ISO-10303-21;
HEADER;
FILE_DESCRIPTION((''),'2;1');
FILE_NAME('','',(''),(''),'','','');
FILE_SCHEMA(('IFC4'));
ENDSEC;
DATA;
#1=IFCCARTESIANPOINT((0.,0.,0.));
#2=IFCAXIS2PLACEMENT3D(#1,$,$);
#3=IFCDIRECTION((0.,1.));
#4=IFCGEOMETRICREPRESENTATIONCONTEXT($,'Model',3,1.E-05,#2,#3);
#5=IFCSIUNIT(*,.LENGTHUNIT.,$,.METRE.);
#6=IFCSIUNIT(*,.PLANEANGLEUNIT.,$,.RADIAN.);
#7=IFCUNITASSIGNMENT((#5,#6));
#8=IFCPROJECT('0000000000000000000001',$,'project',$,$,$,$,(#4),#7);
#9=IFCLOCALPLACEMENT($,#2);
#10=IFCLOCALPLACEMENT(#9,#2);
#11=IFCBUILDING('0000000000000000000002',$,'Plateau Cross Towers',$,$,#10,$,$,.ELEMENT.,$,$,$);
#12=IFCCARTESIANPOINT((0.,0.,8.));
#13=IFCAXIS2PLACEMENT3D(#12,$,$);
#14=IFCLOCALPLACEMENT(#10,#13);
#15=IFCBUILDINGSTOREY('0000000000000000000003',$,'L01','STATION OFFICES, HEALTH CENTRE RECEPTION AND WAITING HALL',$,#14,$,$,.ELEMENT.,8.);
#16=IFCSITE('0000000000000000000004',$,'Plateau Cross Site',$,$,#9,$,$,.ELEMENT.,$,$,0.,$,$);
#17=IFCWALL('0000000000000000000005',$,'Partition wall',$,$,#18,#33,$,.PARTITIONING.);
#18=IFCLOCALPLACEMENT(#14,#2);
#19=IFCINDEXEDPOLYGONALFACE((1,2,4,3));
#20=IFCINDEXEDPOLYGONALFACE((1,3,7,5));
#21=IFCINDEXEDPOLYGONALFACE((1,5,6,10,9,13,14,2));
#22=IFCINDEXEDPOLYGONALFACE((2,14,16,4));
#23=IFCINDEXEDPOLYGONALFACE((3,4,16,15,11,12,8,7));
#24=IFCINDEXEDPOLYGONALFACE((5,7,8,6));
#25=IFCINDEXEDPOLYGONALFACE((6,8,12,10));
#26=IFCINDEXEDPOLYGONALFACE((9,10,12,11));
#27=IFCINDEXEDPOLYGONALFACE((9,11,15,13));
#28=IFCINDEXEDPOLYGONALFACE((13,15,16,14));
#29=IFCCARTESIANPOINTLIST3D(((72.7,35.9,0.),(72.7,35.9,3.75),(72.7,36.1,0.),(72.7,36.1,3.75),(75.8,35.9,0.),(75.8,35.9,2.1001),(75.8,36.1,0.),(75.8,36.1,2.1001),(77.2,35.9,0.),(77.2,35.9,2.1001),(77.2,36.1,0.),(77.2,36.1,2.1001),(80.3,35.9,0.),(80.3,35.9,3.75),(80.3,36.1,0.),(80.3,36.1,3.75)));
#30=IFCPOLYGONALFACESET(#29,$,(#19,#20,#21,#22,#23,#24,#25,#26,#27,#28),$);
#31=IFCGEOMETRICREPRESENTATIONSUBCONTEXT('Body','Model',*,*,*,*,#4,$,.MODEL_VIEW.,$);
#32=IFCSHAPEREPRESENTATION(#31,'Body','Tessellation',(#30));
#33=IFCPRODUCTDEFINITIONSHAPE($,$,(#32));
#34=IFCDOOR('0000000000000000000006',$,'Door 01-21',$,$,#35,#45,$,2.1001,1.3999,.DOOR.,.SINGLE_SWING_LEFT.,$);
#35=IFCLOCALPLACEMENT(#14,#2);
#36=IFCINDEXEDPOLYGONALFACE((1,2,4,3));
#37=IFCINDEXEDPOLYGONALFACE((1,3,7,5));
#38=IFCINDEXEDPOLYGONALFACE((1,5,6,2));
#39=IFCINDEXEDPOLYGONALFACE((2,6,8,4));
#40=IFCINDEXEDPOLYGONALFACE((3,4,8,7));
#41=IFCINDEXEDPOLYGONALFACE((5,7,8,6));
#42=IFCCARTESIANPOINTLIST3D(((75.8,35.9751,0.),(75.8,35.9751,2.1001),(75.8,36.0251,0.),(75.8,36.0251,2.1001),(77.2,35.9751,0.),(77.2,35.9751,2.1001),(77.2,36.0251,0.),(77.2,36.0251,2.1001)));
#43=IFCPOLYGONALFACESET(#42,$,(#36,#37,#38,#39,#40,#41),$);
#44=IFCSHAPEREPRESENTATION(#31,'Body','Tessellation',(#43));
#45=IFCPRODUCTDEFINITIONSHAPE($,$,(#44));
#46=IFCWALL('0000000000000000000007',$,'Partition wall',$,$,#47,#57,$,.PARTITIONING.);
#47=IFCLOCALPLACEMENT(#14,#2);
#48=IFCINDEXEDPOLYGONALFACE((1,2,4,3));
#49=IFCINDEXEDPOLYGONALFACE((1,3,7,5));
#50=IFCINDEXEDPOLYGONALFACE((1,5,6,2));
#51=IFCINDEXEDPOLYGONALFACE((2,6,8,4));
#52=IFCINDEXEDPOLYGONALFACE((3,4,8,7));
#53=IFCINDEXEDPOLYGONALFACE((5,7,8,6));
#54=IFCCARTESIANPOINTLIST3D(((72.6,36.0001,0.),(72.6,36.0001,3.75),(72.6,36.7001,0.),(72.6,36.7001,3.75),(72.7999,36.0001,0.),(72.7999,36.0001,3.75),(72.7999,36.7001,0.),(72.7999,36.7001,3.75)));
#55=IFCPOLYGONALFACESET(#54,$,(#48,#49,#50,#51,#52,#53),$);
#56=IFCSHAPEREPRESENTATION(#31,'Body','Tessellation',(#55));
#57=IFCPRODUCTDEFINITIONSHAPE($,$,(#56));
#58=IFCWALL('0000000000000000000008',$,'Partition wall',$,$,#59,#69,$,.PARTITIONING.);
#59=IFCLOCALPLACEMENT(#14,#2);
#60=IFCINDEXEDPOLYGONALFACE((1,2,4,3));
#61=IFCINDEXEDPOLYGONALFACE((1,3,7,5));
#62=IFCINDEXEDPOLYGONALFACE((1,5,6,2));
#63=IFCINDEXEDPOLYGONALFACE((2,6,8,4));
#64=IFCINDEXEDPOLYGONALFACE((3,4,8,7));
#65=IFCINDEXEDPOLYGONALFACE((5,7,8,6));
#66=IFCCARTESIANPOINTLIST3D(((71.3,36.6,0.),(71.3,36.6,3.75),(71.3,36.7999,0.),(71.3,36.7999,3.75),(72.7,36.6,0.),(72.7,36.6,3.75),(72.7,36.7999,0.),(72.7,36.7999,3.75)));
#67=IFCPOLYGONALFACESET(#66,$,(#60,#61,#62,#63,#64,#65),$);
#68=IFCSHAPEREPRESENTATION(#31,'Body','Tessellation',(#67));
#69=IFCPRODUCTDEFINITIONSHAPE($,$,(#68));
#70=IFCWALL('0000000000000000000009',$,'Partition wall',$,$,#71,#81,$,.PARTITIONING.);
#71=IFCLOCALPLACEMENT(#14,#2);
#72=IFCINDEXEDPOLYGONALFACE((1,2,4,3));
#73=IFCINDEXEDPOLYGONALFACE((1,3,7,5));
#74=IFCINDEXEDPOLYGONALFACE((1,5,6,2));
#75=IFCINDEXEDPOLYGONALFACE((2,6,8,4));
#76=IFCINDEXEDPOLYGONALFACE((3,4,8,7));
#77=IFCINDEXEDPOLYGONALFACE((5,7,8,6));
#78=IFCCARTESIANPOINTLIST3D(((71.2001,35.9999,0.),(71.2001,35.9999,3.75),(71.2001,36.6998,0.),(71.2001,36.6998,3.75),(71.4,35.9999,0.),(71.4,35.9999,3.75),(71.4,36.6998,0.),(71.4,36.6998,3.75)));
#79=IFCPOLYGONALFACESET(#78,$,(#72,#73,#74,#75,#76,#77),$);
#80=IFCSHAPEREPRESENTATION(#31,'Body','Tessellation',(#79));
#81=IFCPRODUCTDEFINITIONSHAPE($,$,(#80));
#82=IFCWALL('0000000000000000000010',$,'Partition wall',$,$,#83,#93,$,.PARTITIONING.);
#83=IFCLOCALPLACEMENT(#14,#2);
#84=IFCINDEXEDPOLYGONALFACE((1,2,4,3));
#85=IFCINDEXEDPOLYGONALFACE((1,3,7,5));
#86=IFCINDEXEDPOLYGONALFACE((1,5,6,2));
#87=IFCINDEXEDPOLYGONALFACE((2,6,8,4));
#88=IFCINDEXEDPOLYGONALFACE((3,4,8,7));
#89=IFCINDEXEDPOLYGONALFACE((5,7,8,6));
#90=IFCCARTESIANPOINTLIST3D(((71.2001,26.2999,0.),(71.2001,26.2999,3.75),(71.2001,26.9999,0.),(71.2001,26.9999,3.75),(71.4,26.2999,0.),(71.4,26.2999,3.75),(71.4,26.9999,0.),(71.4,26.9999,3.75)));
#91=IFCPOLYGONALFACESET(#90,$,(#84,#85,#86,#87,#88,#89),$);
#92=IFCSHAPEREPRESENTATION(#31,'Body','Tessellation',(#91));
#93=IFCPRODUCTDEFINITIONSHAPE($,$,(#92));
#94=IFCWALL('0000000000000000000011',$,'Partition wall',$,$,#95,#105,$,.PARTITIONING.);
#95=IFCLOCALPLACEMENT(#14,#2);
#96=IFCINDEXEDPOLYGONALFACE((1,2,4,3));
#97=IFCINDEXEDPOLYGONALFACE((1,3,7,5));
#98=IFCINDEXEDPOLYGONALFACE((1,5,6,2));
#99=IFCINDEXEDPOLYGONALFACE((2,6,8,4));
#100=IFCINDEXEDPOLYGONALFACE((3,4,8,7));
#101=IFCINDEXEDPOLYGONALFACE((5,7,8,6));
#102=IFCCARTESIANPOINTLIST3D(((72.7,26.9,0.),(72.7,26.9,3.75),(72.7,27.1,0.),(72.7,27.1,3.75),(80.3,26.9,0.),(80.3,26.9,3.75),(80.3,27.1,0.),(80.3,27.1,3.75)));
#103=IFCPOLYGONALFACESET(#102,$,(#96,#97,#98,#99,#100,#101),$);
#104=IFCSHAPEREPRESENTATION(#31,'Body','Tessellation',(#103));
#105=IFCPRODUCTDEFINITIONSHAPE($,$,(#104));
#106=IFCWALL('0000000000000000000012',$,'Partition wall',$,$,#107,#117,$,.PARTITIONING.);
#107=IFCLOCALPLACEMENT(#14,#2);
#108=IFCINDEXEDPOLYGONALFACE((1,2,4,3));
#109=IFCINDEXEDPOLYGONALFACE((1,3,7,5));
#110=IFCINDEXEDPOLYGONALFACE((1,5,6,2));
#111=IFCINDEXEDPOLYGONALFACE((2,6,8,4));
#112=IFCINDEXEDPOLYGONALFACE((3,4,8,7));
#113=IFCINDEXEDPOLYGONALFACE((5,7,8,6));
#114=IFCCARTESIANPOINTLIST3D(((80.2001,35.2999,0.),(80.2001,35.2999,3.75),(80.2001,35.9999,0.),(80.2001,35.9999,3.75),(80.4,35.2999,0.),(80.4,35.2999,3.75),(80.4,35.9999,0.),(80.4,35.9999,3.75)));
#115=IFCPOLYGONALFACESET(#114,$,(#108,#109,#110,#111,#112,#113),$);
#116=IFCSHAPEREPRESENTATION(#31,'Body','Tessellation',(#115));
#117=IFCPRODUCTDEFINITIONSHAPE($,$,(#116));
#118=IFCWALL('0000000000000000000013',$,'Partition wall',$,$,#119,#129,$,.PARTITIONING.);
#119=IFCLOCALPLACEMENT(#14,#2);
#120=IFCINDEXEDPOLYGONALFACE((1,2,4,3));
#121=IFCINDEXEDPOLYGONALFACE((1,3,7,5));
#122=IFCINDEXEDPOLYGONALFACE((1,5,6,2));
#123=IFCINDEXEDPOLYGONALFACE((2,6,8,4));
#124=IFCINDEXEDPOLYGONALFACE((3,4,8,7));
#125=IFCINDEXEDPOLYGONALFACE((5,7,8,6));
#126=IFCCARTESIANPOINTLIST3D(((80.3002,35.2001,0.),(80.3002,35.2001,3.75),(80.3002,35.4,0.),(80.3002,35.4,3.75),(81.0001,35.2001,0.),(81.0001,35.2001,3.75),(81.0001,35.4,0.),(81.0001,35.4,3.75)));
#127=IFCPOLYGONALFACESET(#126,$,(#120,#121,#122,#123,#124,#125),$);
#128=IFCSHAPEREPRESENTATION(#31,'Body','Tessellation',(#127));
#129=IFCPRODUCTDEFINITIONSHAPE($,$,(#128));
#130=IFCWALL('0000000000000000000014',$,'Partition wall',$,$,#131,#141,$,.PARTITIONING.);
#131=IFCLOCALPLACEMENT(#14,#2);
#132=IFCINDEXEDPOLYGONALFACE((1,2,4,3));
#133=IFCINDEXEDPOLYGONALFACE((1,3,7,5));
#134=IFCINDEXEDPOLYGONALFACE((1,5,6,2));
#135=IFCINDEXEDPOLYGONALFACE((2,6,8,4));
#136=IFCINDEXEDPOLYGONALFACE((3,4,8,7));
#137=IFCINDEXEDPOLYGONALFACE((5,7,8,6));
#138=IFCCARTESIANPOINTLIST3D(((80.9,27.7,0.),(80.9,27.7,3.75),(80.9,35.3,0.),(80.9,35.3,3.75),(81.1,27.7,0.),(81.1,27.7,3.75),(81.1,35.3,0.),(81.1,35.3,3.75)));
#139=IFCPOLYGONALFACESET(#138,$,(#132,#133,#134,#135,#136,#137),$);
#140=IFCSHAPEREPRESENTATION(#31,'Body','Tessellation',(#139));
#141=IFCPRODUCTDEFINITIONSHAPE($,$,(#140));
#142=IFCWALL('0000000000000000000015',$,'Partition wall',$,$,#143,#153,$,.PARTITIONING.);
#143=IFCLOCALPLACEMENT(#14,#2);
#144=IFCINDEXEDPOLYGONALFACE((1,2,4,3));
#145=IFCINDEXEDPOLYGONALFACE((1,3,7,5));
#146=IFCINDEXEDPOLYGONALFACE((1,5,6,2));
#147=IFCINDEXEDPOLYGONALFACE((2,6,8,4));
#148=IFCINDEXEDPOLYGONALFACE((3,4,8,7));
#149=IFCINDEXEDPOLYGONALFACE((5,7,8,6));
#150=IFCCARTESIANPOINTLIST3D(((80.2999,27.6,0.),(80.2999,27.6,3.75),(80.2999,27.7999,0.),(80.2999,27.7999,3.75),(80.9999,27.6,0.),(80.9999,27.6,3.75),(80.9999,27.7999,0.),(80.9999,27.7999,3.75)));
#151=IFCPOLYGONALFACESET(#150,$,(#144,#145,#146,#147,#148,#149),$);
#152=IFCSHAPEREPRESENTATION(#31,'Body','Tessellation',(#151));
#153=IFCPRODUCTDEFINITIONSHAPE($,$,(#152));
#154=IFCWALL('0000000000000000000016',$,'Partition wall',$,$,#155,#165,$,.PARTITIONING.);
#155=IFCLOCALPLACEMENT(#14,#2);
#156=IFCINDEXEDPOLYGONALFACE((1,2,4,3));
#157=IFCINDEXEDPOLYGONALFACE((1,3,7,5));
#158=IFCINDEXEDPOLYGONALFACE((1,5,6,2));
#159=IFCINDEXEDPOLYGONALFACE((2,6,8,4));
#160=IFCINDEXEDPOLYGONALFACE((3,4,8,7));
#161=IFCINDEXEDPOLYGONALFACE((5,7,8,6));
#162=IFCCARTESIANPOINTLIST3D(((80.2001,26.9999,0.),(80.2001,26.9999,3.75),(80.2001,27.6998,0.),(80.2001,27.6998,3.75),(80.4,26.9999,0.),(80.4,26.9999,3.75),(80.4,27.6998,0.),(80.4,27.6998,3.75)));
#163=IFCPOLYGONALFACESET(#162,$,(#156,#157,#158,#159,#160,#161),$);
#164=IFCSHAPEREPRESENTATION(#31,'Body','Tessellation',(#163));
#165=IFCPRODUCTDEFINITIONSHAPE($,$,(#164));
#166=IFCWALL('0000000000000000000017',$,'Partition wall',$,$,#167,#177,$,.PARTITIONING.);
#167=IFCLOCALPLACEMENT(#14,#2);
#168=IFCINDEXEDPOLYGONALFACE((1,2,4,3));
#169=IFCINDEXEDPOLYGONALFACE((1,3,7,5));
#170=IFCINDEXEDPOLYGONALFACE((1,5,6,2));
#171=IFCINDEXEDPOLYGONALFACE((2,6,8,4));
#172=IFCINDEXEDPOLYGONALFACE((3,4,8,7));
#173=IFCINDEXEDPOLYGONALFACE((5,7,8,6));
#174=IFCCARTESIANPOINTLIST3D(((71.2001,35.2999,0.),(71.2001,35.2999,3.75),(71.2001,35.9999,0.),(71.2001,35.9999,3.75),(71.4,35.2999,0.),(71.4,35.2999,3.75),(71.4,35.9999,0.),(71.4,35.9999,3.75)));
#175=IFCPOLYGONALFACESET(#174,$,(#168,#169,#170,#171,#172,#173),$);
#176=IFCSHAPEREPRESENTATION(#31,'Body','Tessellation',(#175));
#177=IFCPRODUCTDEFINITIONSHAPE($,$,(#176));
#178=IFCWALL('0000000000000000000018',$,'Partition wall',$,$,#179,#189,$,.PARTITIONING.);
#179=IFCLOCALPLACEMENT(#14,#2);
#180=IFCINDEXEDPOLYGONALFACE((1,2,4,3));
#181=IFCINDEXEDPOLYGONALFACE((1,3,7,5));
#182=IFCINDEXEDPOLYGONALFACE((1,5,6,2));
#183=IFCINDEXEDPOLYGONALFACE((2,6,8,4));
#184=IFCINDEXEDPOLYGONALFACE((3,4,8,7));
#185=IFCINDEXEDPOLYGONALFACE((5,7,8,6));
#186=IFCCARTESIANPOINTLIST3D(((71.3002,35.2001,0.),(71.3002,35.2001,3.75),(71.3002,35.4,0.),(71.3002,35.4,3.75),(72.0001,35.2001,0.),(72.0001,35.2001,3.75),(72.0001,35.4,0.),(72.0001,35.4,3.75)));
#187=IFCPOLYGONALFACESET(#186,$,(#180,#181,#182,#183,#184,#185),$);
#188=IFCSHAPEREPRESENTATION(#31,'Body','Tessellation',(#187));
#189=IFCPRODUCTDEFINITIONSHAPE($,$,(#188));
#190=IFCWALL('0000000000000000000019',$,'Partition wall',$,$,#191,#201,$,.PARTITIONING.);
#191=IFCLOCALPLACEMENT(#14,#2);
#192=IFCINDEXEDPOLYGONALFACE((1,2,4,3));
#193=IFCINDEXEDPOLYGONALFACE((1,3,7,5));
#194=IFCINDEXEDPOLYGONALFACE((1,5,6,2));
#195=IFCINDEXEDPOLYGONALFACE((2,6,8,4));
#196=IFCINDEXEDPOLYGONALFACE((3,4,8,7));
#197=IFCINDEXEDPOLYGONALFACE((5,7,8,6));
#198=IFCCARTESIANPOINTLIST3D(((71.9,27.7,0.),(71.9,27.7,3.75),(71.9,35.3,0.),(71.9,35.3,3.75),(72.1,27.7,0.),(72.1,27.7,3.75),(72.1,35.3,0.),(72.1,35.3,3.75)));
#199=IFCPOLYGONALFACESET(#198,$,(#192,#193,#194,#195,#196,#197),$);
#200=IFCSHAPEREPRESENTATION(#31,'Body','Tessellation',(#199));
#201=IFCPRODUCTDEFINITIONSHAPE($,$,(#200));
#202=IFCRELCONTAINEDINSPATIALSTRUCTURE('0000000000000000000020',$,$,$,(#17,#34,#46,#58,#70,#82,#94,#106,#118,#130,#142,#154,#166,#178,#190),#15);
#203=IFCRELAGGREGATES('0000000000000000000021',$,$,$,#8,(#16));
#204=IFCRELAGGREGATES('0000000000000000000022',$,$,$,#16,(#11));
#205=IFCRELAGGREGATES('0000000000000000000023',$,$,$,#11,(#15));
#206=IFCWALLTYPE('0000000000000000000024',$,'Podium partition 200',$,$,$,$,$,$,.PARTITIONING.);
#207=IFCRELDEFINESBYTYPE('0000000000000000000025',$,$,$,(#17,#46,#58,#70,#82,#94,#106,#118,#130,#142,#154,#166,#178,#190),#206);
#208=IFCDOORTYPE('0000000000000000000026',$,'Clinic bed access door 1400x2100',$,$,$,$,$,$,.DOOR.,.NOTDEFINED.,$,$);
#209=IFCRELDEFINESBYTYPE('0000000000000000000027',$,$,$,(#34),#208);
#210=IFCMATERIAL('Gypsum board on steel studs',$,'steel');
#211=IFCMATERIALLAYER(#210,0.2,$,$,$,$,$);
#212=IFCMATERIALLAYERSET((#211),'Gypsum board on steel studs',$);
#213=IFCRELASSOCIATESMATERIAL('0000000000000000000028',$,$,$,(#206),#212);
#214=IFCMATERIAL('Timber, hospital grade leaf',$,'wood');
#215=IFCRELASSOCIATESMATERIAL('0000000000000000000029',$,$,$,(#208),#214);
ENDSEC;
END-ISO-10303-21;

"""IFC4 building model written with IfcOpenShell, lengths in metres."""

from ifc_helpers import new_model, si_unit, direction, frame, frame_2d, origin, place, context, subcontext, project, spatial, rectangle, extrude, material, layer, layer_set, type_object, element, fill, save


model = new_model("IFC4")

# Units and contexts
model_context = context("Model", 3, precision=1e-05, world=origin(), true_north=direction((0.0, 1.0)))
body_context = subcontext(model_context, "Body", "Model", "MODEL_VIEW")
ifc_project = project(units=[si_unit("LENGTHUNIT", "METRE"), si_unit("PLANEANGLEUNIT", "RADIAN")], contexts=[model_context])

# Site, building, storey
site_placement = place(None, origin())
site = spatial("IfcSite", under=ifc_project, at=site_placement, Name="Plateau Cross Site", CompositionType="ELEMENT", RefElevation=0.0)
building_placement = place(site_placement, origin())
building = spatial("IfcBuilding", under=site, at=building_placement, Name="Plateau Cross Towers", CompositionType="ELEMENT")
storey_placement = place(building_placement, frame((0.0, 0.0, 8.0)))
storey = spatial("IfcBuildingStorey", under=building, at=storey_placement, Name="L01", Description="STATION OFFICES, HEALTH CENTRE RECEPTION AND WAITING HALL", CompositionType="ELEMENT", Elevation=8.0)

# Shared definitions
ifc_material_1 = material(Name="Gypsum board on steel studs", Category="steel")
ifc_layer_1 = layer(ifc_material_1, 0.2)
ifc_layer_set_1 = layer_set([ifc_layer_1], Name="Gypsum board on steel studs")
wall_type_1 = type_object("IfcWallType", Name="Podium partition 200", PredefinedType="PARTITIONING", material=ifc_layer_set_1)

# Wall, opening, door
wall_1_placement = place(storey_placement, frame((80.3, 36.0, 0.0), z_axis=(0.0, 0.0, 1.0), x_axis=(-1.0, 0.0, 0.0)))
wall_1 = element("IfcWall", 1, at=wall_1_placement, inside=storey, type_object=wall_type_1, Name="Partition wall", PredefinedType="PARTITIONING", context=body_context, shape_type="SweptSolid", body=[
    extrude(rectangle(XDim=7.6001, YDim=0.2, at=frame_2d((3.8, 0.0))), origin(), (0.0, 0.0, 1.0), 3.75),
])
opening_1_placement = place(wall_1_placement, frame((3.1001, 0.0, 0.0)))
opening_1 = element("IfcOpeningElement", 2, at=opening_1_placement, cuts=wall_1, PredefinedType="OPENING", context=body_context, shape_type="SweptSolid", body=[
    extrude(rectangle(XDim=1.3999, YDim=2.1001, at=frame_2d((0.7, 1.05))), frame((0.0, 0.1099, 0.0), z_axis=(0.0, -1.0, 0.0), x_axis=(1.0, 0.0, 0.0)), (0.0, 0.0, 1.0), 0.22),
])
ifc_material_2 = material(Name="Timber, hospital grade leaf", Category="wood")
door_type_1 = type_object("IfcDoorType", Name="Clinic bed access door 1400x2100", OperationType="NOTDEFINED", PredefinedType="DOOR", material=ifc_material_2)
door_1_placement = place(opening_1_placement, origin())
door_1 = element("IfcDoor", 3, at=door_1_placement, inside=storey, type_object=door_type_1, Name="Door 01-21", OperationType="SINGLE_SWING_LEFT", OverallHeight=2.1001, OverallWidth=1.3999, PredefinedType="DOOR", context=body_context, shape_type="SweptSolid", body=[
    extrude(rectangle(XDim=1.3999, YDim=2.1001, at=frame_2d((0.7, 1.05))), frame((0.0, 0.0249, 0.0), z_axis=(0.0, -1.0, 0.0), x_axis=(1.0, 0.0, 0.0)), (0.0, 0.0, 1.0), 0.05),
])
fill(opening_1, door_1)

# Walls
wall_2_placement = place(storey_placement, frame((72.7, 36.0, 0.0), z_axis=(0.0, 0.0, 1.0), x_axis=(0.0, 1.0, 0.0)))
element("IfcWall", 4, at=wall_2_placement, inside=storey, type_object=wall_type_1, Name="Partition wall", PredefinedType="PARTITIONING", context=body_context, shape_type="SweptSolid", body=[
    extrude(rectangle(XDim=0.7, YDim=0.2, at=frame_2d((0.3501, 0.0))), origin(), (0.0, 0.0, 1.0), 3.75),
])
wall_3_placement = place(storey_placement, frame((72.7, 36.7, 0.0), z_axis=(0.0, 0.0, 1.0), x_axis=(-1.0, 0.0, 0.0)))
element("IfcWall", 5, at=wall_3_placement, inside=storey, type_object=wall_type_1, Name="Partition wall", PredefinedType="PARTITIONING", context=body_context, shape_type="SweptSolid", body=[
    extrude(rectangle(XDim=1.3999, YDim=0.2, at=frame_2d((0.7, 0.0))), origin(), (0.0, 0.0, 1.0), 3.75),
])
for number, where, z_axis, x_axis, name in (
    (6, (71.3, 36.7, 0.0), (0.0, 0.0, 1.0), (0.0, -1.0, 0.0), "Partition wall"),
    (7, (71.3, 27.0, 0.0), (0.0, 0.0, 1.0), (0.0, -1.0, 0.0), "Partition wall"),
):
    element("IfcWall", number, at=place(storey_placement, frame(where, z_axis=z_axis, x_axis=x_axis)), inside=storey, type_object=wall_type_1, Name=name, PredefinedType="PARTITIONING", context=body_context, shape_type="SweptSolid", body=[
        extrude(rectangle(XDim=0.7, YDim=0.2, at=frame_2d((0.3501, 0.0))), origin(), (0.0, 0.0, 1.0), 3.75),
    ])
wall_4_placement = place(storey_placement, frame((72.7, 27.0, 0.0), z_axis=(0.0, 0.0, 1.0), x_axis=(1.0, 0.0, 0.0)))
element("IfcWall", 8, at=wall_4_placement, inside=storey, type_object=wall_type_1, Name="Partition wall", PredefinedType="PARTITIONING", context=body_context, shape_type="SweptSolid", body=[
    extrude(rectangle(XDim=7.6001, YDim=0.2, at=frame_2d((3.8, 0.0))), origin(), (0.0, 0.0, 1.0), 3.75),
])
for number, where, z_axis, x_axis, name in (
    (9, (80.3, 36.0, 0.0), (0.0, 0.0, 1.0), (0.0, -1.0, 0.0), "Partition wall"),
    (10, (80.3, 35.3, 0.0), (0.0, 0.0, 1.0), (1.0, 0.0, 0.0), "Partition wall"),
):
    element("IfcWall", number, at=place(storey_placement, frame(where, z_axis=z_axis, x_axis=x_axis)), inside=storey, type_object=wall_type_1, Name=name, PredefinedType="PARTITIONING", context=body_context, shape_type="SweptSolid", body=[
        extrude(rectangle(XDim=0.7, YDim=0.2, at=frame_2d((0.3501, 0.0))), origin(), (0.0, 0.0, 1.0), 3.75),
    ])
wall_5_placement = place(storey_placement, frame((81.0, 35.3, 0.0), z_axis=(0.0, 0.0, 1.0), x_axis=(0.0, -1.0, 0.0)))
element("IfcWall", 11, at=wall_5_placement, inside=storey, type_object=wall_type_1, Name="Partition wall", PredefinedType="PARTITIONING", context=body_context, shape_type="SweptSolid", body=[
    extrude(rectangle(XDim=7.6001, YDim=0.2, at=frame_2d((3.8, 0.0))), origin(), (0.0, 0.0, 1.0), 3.75),
])
for number, where, z_axis, x_axis, name in (
    (12, (81.0, 27.7, 0.0), (0.0, 0.0, 1.0), (-1.0, 0.0, 0.0), "Partition wall"),
    (13, (80.3, 27.7, 0.0), (0.0, 0.0, 1.0), (0.0, -1.0, 0.0), "Partition wall"),
    (14, (71.3, 36.0, 0.0), (0.0, 0.0, 1.0), (0.0, -1.0, 0.0), "Partition wall"),
    (15, (71.3, 35.3, 0.0), (0.0, 0.0, 1.0), (1.0, 0.0, 0.0), "Partition wall"),
):
    element("IfcWall", number, at=place(storey_placement, frame(where, z_axis=z_axis, x_axis=x_axis)), inside=storey, type_object=wall_type_1, Name=name, PredefinedType="PARTITIONING", context=body_context, shape_type="SweptSolid", body=[
        extrude(rectangle(XDim=0.7, YDim=0.2, at=frame_2d((0.3501, 0.0))), origin(), (0.0, 0.0, 1.0), 3.75),
    ])
wall_6_placement = place(storey_placement, frame((72.0, 35.3, 0.0), z_axis=(0.0, 0.0, 1.0), x_axis=(0.0, -1.0, 0.0)))
element("IfcWall", 16, at=wall_6_placement, inside=storey, type_object=wall_type_1, Name="Partition wall", PredefinedType="PARTITIONING", context=body_context, shape_type="SweptSolid", body=[
    extrude(rectangle(XDim=7.6001, YDim=0.2, at=frame_2d((3.8, 0.0))), origin(), (0.0, 0.0, 1.0), 3.75),
])

save(model, "model.ifc")
